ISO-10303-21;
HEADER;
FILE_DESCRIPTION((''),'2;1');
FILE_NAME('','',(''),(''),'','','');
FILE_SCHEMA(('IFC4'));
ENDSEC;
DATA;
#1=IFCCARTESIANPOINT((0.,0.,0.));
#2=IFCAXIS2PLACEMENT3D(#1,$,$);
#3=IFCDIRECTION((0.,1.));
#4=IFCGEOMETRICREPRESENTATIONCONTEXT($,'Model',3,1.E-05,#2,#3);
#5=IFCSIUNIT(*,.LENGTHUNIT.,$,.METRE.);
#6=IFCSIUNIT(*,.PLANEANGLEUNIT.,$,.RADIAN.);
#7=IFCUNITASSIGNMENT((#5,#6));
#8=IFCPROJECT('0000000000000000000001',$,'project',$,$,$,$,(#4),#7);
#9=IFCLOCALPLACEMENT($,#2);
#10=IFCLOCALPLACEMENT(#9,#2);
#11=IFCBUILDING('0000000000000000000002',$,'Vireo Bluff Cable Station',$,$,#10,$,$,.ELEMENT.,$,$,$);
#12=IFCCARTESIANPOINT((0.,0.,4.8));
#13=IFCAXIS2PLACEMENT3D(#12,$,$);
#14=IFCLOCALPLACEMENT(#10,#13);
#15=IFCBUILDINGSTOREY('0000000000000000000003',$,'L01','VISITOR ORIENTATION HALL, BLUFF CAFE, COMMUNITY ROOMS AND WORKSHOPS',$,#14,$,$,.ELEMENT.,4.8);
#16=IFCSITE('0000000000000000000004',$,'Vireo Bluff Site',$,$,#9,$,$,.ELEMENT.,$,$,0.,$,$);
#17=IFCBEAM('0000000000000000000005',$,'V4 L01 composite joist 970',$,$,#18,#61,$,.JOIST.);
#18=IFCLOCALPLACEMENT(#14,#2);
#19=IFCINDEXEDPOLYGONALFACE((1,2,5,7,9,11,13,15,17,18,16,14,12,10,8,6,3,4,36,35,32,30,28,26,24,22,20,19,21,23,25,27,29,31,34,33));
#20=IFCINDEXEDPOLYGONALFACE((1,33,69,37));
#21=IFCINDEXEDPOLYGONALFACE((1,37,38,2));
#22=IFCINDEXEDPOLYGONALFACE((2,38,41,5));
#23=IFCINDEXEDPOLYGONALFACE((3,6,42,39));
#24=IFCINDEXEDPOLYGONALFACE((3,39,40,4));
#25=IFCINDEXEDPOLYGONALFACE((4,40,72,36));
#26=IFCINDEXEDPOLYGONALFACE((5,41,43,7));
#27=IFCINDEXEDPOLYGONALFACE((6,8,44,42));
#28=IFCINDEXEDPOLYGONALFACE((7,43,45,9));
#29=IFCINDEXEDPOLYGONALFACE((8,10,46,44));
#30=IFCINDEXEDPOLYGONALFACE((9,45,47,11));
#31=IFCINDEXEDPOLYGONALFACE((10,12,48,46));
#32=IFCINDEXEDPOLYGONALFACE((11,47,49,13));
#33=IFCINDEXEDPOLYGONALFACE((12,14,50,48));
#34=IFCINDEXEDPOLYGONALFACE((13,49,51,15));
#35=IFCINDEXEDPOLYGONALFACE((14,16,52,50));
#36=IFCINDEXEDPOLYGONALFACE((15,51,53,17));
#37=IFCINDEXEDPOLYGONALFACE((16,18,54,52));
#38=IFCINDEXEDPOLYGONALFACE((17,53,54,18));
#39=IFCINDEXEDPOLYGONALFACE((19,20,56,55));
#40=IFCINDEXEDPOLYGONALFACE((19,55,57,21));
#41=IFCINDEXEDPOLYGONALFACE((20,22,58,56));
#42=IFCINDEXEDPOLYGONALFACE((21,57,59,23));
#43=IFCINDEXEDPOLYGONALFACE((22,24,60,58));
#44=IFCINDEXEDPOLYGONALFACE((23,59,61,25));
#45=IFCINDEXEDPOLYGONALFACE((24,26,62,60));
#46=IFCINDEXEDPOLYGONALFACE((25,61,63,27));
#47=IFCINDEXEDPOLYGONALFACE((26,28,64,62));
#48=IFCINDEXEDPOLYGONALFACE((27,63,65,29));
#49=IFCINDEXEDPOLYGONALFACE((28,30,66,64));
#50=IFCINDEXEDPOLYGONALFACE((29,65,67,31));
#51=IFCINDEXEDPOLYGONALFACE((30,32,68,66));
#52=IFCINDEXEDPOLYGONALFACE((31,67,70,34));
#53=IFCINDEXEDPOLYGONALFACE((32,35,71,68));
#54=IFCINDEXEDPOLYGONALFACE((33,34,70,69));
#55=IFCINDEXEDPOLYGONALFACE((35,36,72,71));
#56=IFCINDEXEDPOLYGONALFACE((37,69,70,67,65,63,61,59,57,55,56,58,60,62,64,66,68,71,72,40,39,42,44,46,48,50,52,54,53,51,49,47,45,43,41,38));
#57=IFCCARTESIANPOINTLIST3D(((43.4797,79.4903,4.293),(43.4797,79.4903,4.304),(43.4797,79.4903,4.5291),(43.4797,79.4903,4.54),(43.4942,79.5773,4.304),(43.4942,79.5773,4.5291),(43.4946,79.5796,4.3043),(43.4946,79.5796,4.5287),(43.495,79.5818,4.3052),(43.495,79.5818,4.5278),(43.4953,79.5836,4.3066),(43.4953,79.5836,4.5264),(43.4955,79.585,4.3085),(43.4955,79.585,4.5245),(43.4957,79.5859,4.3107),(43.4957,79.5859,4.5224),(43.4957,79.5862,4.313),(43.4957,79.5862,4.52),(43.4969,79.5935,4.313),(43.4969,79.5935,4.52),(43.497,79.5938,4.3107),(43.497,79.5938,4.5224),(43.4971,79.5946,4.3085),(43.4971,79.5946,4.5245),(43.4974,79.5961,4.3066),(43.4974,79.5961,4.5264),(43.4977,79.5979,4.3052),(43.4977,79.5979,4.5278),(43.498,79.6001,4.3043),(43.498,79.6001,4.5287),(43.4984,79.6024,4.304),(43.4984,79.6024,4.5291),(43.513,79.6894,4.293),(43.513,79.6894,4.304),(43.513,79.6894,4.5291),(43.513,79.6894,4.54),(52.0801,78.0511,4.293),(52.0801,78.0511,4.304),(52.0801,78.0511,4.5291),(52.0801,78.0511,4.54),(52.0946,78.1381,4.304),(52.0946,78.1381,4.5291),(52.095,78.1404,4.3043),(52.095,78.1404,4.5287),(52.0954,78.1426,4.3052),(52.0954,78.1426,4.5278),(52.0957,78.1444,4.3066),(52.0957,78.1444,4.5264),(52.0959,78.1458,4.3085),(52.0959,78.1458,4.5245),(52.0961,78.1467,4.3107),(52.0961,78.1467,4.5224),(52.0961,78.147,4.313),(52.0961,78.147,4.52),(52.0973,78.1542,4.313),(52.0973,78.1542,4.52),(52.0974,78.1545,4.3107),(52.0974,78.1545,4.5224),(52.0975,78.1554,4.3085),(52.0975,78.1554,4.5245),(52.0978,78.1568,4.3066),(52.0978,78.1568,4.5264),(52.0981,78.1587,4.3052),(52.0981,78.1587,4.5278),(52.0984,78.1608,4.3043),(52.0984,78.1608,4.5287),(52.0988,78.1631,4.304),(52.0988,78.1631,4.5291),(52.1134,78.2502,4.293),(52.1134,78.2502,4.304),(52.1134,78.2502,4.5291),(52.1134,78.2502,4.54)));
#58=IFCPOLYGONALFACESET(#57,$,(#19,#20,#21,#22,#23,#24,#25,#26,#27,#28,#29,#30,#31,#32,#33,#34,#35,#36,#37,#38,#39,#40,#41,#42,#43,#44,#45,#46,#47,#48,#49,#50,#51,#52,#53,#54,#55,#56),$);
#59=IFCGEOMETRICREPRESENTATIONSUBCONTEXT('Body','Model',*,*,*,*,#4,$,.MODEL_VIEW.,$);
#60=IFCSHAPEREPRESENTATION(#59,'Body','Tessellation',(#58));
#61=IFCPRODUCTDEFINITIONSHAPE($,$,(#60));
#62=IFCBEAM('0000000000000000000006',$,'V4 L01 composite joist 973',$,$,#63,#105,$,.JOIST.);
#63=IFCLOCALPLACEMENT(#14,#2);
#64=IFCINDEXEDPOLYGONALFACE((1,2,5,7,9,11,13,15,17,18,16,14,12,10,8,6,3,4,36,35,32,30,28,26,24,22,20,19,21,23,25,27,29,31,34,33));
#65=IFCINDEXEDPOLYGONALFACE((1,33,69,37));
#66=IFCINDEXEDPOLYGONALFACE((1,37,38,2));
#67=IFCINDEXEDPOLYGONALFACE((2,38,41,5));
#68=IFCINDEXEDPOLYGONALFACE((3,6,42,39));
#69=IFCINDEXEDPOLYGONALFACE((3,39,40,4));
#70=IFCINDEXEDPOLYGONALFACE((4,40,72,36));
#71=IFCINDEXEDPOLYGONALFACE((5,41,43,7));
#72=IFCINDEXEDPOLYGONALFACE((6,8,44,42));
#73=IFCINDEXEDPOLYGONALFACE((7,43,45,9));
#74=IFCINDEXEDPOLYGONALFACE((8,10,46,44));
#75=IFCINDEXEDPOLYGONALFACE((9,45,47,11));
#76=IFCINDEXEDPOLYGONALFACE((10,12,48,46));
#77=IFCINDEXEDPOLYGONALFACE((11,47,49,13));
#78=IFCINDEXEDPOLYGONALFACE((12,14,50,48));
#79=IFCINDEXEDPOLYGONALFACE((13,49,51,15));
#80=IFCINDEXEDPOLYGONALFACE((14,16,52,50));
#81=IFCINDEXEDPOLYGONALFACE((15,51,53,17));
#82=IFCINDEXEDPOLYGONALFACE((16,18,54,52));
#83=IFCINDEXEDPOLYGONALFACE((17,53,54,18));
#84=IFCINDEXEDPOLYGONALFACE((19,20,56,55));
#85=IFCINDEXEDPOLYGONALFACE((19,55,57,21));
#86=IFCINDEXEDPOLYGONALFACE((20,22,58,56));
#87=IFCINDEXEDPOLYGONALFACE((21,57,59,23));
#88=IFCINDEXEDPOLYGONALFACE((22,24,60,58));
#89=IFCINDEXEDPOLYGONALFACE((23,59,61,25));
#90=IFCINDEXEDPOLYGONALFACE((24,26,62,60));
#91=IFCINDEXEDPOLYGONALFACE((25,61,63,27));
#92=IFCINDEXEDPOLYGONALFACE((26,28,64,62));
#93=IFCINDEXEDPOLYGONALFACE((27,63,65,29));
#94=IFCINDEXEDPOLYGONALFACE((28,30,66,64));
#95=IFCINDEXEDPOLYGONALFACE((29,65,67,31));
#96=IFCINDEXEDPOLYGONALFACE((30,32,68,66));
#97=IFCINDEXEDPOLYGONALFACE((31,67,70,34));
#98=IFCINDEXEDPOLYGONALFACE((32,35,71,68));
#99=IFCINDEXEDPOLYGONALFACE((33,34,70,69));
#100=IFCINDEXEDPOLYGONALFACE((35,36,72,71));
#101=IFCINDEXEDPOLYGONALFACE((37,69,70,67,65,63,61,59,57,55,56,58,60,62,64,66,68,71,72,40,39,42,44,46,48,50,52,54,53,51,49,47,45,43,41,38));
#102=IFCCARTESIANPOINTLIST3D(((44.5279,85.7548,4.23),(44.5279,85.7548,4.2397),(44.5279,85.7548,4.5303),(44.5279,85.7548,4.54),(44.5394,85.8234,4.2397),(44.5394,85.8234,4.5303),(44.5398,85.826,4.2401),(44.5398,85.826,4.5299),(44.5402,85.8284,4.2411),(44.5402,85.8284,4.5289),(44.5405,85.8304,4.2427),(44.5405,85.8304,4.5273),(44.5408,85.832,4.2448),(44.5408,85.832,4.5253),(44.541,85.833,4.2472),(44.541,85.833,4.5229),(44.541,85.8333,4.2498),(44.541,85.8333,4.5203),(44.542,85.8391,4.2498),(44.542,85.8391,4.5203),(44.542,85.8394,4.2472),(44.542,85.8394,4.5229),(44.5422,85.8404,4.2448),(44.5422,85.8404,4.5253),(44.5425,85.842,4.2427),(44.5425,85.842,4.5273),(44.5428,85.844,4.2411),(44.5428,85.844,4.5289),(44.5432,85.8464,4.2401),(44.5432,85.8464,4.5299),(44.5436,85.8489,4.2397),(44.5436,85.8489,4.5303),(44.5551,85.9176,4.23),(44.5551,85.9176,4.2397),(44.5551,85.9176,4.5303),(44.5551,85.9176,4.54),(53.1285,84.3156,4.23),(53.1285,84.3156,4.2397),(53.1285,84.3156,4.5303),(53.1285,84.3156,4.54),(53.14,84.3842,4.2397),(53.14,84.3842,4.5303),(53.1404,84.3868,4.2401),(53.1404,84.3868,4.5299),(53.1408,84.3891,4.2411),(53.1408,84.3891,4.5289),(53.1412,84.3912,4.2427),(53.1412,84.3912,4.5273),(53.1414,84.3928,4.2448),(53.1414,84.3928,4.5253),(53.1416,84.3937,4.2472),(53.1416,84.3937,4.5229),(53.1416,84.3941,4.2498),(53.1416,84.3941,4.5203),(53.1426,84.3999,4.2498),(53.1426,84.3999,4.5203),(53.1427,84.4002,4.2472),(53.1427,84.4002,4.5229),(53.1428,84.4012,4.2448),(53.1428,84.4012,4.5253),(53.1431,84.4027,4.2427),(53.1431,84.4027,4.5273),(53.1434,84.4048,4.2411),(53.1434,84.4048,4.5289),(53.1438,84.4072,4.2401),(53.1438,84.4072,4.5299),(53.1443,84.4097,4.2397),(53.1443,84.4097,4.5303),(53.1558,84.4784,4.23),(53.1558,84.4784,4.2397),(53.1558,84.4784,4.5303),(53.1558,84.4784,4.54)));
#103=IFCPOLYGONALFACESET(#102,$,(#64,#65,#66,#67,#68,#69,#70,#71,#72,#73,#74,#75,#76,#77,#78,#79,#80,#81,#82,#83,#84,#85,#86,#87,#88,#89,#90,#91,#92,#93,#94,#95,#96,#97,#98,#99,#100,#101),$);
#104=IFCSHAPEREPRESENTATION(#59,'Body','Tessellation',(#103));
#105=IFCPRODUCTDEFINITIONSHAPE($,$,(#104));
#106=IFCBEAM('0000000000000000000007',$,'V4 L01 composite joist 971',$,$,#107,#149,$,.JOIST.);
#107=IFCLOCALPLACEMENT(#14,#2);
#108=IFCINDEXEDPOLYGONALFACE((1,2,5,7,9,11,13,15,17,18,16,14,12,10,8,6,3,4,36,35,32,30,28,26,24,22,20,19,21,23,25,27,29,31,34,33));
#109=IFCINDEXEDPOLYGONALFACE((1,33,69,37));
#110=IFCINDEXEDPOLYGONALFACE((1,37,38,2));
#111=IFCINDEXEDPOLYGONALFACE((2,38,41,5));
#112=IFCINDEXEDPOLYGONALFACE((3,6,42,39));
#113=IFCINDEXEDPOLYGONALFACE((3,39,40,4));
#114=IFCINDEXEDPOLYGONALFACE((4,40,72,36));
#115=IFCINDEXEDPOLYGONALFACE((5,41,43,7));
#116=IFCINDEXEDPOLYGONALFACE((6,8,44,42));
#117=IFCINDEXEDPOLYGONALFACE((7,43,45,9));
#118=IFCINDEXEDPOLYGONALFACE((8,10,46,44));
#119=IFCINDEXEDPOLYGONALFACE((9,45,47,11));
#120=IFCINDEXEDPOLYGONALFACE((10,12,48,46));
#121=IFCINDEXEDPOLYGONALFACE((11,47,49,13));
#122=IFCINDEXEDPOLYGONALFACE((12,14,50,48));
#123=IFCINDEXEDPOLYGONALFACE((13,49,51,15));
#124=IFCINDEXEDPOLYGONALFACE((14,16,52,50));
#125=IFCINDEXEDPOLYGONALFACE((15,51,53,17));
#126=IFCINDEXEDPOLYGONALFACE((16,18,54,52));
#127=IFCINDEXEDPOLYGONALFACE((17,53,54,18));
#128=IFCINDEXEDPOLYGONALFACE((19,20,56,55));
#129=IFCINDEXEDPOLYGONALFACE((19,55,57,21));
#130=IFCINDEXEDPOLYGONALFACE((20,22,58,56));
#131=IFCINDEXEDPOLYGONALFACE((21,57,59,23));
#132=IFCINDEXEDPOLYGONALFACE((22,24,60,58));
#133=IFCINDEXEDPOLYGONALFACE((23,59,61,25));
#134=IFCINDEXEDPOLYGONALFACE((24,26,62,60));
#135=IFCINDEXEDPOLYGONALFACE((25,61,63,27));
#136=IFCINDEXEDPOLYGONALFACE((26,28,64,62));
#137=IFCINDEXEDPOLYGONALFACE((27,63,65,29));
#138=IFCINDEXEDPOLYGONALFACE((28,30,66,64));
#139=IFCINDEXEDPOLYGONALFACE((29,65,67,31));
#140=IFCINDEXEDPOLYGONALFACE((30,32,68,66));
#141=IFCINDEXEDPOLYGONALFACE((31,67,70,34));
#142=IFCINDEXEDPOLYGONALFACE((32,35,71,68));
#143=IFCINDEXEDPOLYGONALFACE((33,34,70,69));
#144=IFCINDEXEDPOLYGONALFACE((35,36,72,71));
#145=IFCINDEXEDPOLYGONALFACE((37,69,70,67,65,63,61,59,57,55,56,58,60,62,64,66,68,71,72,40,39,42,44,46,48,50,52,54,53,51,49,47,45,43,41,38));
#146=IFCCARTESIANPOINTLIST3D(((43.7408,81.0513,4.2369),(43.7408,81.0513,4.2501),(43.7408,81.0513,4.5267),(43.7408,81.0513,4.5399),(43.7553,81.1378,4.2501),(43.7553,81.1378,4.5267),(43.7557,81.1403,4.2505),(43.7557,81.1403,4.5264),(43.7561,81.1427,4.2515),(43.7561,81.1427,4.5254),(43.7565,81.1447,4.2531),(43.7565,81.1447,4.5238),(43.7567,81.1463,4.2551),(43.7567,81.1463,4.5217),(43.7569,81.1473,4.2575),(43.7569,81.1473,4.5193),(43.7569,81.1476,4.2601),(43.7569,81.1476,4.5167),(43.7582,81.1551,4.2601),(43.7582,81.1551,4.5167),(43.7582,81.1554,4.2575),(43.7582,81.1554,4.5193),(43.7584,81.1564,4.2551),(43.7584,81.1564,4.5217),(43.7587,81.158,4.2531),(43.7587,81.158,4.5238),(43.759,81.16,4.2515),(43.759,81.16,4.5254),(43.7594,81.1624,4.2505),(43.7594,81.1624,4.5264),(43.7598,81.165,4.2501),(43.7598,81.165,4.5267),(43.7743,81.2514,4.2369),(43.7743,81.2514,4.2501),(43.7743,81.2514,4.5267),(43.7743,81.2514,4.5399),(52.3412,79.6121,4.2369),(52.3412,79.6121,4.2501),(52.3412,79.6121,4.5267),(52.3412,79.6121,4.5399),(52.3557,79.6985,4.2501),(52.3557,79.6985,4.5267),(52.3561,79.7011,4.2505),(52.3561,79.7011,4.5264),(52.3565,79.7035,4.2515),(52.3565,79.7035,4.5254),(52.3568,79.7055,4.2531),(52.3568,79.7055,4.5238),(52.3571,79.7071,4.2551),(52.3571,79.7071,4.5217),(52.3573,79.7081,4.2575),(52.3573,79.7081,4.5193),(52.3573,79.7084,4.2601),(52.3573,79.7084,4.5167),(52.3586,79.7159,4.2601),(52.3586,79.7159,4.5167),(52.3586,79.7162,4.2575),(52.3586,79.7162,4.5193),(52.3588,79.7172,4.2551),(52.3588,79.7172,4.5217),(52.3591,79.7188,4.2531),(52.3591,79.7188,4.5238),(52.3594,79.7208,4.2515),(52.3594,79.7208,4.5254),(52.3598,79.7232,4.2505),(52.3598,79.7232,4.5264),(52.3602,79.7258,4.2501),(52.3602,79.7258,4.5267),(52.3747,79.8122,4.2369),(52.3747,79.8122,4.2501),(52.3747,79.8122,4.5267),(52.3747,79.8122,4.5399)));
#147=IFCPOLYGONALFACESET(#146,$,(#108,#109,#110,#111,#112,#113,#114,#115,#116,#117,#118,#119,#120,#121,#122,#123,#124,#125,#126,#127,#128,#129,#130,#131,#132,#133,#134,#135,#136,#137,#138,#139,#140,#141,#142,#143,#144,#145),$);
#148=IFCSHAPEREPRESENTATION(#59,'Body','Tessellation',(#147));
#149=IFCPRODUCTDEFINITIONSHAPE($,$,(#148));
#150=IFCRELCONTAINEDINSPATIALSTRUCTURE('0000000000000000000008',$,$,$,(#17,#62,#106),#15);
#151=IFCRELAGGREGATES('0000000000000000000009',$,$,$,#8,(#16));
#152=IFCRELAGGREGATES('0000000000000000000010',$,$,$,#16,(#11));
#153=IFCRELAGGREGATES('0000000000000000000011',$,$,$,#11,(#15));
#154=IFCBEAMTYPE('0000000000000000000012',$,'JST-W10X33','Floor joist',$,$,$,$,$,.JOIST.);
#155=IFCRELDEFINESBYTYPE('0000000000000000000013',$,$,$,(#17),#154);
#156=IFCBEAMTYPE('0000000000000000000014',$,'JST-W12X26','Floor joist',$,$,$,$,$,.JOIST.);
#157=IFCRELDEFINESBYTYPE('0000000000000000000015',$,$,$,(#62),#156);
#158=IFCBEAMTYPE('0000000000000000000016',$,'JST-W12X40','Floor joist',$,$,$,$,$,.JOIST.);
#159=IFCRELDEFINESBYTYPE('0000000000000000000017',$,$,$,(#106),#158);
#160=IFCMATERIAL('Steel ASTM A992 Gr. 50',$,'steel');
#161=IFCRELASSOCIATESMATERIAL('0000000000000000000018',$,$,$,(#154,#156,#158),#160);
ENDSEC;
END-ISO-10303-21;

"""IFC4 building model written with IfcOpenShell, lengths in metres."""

from ifc_helpers import new_model, si_unit, direction, frame, origin, origin_2d, place, context, subcontext, project, spatial, i_section, extrude, material, material_profile, profile_set, type_object, element, save


model = new_model("IFC4")

# Units and contexts
model_context = context("Model", 3, precision=1e-05, world=origin(), true_north=direction((0.0, 1.0)))
body_context = subcontext(model_context, "Body", "Model", "MODEL_VIEW")
ifc_project = project(units=[si_unit("LENGTHUNIT", "METRE"), si_unit("PLANEANGLEUNIT", "RADIAN")], contexts=[model_context])

# Site, building, storey
site_placement = place(None, origin())
site = spatial("IfcSite", under=ifc_project, at=site_placement, Name="Vireo Bluff Site", CompositionType="ELEMENT", RefElevation=0.0)
building_placement = place(site_placement, origin())
building = spatial("IfcBuilding", under=site, at=building_placement, Name="Vireo Bluff Cable Station", CompositionType="ELEMENT")
storey_placement = place(building_placement, frame((0.0, 0.0, 4.8)))
storey = spatial("IfcBuildingStorey", under=building, at=storey_placement, Name="L01", Description="VISITOR ORIENTATION HALL, BLUFF CAFE, COMMUNITY ROOMS AND WORKSHOPS", CompositionType="ELEMENT", Elevation=4.8)

# Shared definitions
ifc_material_1 = material(Name="Steel ASTM A992 Gr. 50", Category="steel")

# Beams
ifc_material_profile_1 = material_profile(ifc_material_1, i_section(OverallWidth=0.2019, OverallDepth=0.2471, WebThickness=0.0073, FlangeThickness=0.011, FilletRadius=0.009, at=origin_2d()), Name="W10X33")
ifc_profile_set_1 = profile_set([ifc_material_profile_1], Name="Steel ASTM A992 Gr. 50")
beam_type_1 = type_object("IfcBeamType", Name="JST-W10X33", Description="Floor joist", PredefinedType="JOIST", material=ifc_profile_set_1)
beam_1_placement = place(storey_placement, frame((43.4963, 79.5898, 4.4165), z_axis=(0.986286, -0.165048, 0.0), x_axis=(0.165048, 0.986286, 0.0)))
element("IfcBeam", 1, at=beam_1_placement, inside=storey, type_object=beam_type_1, Name="V4 L01 composite joist 970", PredefinedType="JOIST", context=body_context, shape_type="SweptSolid", body=[
    extrude(i_section(OverallWidth=0.2019, OverallDepth=0.2471, WebThickness=0.0073, FlangeThickness=0.011, FilletRadius=0.009, at=origin_2d()), origin(), (0.0, 0.0, 1.0), 8.72),
])
ifc_material_profile_2 = material_profile(ifc_material_1, i_section(OverallWidth=0.165, OverallDepth=0.3101, WebThickness=0.0059, FlangeThickness=0.0098, FilletRadius=0.01, at=origin_2d()), Name="W12X26")
ifc_profile_set_2 = profile_set([ifc_material_profile_2], Name="Steel ASTM A992 Gr. 50")
beam_type_2 = type_object("IfcBeamType", Name="JST-W12X26", Description="Floor joist", PredefinedType="JOIST", material=ifc_profile_set_2)
beam_2_placement = place(storey_placement, frame((44.5415, 85.8362, 4.385), z_axis=(0.986286, -0.165044, 0.0), x_axis=(0.165044, 0.986286, 0.0)))
element("IfcBeam", 2, at=beam_2_placement, inside=storey, type_object=beam_type_2, Name="V4 L01 composite joist 973", PredefinedType="JOIST", context=body_context, shape_type="SweptSolid", body=[
    extrude(i_section(OverallWidth=0.165, OverallDepth=0.3101, WebThickness=0.0059, FlangeThickness=0.0098, FilletRadius=0.01, at=origin_2d()), origin(), (0.0, 0.0, 1.0), 8.7202),
])
ifc_material_profile_3 = material_profile(ifc_material_1, i_section(OverallWidth=0.2029, OverallDepth=0.303, WebThickness=0.0076, FlangeThickness=0.0132, FilletRadius=0.01, at=origin_2d()), Name="W12X40")
ifc_profile_set_3 = profile_set([ifc_material_profile_3], Name="Steel ASTM A992 Gr. 50")
beam_type_3 = type_object("IfcBeamType", Name="JST-W12X40", Description="Floor joist", PredefinedType="JOIST", material=ifc_profile_set_3)
beam_3_placement = place(storey_placement, frame((43.7576, 81.1514, 4.3884), z_axis=(0.986286, -0.165048, 0.0), x_axis=(0.165048, 0.986286, 0.0)))
element("IfcBeam", 3, at=beam_3_placement, inside=storey, type_object=beam_type_3, Name="V4 L01 composite joist 971", PredefinedType="JOIST", context=body_context, shape_type="SweptSolid", body=[
    extrude(i_section(OverallWidth=0.2029, OverallDepth=0.303, WebThickness=0.0076, FlangeThickness=0.0132, FilletRadius=0.01, at=origin_2d()), origin(), (0.0, 0.0, 1.0), 8.72),
])

save(model, "model.ifc")
